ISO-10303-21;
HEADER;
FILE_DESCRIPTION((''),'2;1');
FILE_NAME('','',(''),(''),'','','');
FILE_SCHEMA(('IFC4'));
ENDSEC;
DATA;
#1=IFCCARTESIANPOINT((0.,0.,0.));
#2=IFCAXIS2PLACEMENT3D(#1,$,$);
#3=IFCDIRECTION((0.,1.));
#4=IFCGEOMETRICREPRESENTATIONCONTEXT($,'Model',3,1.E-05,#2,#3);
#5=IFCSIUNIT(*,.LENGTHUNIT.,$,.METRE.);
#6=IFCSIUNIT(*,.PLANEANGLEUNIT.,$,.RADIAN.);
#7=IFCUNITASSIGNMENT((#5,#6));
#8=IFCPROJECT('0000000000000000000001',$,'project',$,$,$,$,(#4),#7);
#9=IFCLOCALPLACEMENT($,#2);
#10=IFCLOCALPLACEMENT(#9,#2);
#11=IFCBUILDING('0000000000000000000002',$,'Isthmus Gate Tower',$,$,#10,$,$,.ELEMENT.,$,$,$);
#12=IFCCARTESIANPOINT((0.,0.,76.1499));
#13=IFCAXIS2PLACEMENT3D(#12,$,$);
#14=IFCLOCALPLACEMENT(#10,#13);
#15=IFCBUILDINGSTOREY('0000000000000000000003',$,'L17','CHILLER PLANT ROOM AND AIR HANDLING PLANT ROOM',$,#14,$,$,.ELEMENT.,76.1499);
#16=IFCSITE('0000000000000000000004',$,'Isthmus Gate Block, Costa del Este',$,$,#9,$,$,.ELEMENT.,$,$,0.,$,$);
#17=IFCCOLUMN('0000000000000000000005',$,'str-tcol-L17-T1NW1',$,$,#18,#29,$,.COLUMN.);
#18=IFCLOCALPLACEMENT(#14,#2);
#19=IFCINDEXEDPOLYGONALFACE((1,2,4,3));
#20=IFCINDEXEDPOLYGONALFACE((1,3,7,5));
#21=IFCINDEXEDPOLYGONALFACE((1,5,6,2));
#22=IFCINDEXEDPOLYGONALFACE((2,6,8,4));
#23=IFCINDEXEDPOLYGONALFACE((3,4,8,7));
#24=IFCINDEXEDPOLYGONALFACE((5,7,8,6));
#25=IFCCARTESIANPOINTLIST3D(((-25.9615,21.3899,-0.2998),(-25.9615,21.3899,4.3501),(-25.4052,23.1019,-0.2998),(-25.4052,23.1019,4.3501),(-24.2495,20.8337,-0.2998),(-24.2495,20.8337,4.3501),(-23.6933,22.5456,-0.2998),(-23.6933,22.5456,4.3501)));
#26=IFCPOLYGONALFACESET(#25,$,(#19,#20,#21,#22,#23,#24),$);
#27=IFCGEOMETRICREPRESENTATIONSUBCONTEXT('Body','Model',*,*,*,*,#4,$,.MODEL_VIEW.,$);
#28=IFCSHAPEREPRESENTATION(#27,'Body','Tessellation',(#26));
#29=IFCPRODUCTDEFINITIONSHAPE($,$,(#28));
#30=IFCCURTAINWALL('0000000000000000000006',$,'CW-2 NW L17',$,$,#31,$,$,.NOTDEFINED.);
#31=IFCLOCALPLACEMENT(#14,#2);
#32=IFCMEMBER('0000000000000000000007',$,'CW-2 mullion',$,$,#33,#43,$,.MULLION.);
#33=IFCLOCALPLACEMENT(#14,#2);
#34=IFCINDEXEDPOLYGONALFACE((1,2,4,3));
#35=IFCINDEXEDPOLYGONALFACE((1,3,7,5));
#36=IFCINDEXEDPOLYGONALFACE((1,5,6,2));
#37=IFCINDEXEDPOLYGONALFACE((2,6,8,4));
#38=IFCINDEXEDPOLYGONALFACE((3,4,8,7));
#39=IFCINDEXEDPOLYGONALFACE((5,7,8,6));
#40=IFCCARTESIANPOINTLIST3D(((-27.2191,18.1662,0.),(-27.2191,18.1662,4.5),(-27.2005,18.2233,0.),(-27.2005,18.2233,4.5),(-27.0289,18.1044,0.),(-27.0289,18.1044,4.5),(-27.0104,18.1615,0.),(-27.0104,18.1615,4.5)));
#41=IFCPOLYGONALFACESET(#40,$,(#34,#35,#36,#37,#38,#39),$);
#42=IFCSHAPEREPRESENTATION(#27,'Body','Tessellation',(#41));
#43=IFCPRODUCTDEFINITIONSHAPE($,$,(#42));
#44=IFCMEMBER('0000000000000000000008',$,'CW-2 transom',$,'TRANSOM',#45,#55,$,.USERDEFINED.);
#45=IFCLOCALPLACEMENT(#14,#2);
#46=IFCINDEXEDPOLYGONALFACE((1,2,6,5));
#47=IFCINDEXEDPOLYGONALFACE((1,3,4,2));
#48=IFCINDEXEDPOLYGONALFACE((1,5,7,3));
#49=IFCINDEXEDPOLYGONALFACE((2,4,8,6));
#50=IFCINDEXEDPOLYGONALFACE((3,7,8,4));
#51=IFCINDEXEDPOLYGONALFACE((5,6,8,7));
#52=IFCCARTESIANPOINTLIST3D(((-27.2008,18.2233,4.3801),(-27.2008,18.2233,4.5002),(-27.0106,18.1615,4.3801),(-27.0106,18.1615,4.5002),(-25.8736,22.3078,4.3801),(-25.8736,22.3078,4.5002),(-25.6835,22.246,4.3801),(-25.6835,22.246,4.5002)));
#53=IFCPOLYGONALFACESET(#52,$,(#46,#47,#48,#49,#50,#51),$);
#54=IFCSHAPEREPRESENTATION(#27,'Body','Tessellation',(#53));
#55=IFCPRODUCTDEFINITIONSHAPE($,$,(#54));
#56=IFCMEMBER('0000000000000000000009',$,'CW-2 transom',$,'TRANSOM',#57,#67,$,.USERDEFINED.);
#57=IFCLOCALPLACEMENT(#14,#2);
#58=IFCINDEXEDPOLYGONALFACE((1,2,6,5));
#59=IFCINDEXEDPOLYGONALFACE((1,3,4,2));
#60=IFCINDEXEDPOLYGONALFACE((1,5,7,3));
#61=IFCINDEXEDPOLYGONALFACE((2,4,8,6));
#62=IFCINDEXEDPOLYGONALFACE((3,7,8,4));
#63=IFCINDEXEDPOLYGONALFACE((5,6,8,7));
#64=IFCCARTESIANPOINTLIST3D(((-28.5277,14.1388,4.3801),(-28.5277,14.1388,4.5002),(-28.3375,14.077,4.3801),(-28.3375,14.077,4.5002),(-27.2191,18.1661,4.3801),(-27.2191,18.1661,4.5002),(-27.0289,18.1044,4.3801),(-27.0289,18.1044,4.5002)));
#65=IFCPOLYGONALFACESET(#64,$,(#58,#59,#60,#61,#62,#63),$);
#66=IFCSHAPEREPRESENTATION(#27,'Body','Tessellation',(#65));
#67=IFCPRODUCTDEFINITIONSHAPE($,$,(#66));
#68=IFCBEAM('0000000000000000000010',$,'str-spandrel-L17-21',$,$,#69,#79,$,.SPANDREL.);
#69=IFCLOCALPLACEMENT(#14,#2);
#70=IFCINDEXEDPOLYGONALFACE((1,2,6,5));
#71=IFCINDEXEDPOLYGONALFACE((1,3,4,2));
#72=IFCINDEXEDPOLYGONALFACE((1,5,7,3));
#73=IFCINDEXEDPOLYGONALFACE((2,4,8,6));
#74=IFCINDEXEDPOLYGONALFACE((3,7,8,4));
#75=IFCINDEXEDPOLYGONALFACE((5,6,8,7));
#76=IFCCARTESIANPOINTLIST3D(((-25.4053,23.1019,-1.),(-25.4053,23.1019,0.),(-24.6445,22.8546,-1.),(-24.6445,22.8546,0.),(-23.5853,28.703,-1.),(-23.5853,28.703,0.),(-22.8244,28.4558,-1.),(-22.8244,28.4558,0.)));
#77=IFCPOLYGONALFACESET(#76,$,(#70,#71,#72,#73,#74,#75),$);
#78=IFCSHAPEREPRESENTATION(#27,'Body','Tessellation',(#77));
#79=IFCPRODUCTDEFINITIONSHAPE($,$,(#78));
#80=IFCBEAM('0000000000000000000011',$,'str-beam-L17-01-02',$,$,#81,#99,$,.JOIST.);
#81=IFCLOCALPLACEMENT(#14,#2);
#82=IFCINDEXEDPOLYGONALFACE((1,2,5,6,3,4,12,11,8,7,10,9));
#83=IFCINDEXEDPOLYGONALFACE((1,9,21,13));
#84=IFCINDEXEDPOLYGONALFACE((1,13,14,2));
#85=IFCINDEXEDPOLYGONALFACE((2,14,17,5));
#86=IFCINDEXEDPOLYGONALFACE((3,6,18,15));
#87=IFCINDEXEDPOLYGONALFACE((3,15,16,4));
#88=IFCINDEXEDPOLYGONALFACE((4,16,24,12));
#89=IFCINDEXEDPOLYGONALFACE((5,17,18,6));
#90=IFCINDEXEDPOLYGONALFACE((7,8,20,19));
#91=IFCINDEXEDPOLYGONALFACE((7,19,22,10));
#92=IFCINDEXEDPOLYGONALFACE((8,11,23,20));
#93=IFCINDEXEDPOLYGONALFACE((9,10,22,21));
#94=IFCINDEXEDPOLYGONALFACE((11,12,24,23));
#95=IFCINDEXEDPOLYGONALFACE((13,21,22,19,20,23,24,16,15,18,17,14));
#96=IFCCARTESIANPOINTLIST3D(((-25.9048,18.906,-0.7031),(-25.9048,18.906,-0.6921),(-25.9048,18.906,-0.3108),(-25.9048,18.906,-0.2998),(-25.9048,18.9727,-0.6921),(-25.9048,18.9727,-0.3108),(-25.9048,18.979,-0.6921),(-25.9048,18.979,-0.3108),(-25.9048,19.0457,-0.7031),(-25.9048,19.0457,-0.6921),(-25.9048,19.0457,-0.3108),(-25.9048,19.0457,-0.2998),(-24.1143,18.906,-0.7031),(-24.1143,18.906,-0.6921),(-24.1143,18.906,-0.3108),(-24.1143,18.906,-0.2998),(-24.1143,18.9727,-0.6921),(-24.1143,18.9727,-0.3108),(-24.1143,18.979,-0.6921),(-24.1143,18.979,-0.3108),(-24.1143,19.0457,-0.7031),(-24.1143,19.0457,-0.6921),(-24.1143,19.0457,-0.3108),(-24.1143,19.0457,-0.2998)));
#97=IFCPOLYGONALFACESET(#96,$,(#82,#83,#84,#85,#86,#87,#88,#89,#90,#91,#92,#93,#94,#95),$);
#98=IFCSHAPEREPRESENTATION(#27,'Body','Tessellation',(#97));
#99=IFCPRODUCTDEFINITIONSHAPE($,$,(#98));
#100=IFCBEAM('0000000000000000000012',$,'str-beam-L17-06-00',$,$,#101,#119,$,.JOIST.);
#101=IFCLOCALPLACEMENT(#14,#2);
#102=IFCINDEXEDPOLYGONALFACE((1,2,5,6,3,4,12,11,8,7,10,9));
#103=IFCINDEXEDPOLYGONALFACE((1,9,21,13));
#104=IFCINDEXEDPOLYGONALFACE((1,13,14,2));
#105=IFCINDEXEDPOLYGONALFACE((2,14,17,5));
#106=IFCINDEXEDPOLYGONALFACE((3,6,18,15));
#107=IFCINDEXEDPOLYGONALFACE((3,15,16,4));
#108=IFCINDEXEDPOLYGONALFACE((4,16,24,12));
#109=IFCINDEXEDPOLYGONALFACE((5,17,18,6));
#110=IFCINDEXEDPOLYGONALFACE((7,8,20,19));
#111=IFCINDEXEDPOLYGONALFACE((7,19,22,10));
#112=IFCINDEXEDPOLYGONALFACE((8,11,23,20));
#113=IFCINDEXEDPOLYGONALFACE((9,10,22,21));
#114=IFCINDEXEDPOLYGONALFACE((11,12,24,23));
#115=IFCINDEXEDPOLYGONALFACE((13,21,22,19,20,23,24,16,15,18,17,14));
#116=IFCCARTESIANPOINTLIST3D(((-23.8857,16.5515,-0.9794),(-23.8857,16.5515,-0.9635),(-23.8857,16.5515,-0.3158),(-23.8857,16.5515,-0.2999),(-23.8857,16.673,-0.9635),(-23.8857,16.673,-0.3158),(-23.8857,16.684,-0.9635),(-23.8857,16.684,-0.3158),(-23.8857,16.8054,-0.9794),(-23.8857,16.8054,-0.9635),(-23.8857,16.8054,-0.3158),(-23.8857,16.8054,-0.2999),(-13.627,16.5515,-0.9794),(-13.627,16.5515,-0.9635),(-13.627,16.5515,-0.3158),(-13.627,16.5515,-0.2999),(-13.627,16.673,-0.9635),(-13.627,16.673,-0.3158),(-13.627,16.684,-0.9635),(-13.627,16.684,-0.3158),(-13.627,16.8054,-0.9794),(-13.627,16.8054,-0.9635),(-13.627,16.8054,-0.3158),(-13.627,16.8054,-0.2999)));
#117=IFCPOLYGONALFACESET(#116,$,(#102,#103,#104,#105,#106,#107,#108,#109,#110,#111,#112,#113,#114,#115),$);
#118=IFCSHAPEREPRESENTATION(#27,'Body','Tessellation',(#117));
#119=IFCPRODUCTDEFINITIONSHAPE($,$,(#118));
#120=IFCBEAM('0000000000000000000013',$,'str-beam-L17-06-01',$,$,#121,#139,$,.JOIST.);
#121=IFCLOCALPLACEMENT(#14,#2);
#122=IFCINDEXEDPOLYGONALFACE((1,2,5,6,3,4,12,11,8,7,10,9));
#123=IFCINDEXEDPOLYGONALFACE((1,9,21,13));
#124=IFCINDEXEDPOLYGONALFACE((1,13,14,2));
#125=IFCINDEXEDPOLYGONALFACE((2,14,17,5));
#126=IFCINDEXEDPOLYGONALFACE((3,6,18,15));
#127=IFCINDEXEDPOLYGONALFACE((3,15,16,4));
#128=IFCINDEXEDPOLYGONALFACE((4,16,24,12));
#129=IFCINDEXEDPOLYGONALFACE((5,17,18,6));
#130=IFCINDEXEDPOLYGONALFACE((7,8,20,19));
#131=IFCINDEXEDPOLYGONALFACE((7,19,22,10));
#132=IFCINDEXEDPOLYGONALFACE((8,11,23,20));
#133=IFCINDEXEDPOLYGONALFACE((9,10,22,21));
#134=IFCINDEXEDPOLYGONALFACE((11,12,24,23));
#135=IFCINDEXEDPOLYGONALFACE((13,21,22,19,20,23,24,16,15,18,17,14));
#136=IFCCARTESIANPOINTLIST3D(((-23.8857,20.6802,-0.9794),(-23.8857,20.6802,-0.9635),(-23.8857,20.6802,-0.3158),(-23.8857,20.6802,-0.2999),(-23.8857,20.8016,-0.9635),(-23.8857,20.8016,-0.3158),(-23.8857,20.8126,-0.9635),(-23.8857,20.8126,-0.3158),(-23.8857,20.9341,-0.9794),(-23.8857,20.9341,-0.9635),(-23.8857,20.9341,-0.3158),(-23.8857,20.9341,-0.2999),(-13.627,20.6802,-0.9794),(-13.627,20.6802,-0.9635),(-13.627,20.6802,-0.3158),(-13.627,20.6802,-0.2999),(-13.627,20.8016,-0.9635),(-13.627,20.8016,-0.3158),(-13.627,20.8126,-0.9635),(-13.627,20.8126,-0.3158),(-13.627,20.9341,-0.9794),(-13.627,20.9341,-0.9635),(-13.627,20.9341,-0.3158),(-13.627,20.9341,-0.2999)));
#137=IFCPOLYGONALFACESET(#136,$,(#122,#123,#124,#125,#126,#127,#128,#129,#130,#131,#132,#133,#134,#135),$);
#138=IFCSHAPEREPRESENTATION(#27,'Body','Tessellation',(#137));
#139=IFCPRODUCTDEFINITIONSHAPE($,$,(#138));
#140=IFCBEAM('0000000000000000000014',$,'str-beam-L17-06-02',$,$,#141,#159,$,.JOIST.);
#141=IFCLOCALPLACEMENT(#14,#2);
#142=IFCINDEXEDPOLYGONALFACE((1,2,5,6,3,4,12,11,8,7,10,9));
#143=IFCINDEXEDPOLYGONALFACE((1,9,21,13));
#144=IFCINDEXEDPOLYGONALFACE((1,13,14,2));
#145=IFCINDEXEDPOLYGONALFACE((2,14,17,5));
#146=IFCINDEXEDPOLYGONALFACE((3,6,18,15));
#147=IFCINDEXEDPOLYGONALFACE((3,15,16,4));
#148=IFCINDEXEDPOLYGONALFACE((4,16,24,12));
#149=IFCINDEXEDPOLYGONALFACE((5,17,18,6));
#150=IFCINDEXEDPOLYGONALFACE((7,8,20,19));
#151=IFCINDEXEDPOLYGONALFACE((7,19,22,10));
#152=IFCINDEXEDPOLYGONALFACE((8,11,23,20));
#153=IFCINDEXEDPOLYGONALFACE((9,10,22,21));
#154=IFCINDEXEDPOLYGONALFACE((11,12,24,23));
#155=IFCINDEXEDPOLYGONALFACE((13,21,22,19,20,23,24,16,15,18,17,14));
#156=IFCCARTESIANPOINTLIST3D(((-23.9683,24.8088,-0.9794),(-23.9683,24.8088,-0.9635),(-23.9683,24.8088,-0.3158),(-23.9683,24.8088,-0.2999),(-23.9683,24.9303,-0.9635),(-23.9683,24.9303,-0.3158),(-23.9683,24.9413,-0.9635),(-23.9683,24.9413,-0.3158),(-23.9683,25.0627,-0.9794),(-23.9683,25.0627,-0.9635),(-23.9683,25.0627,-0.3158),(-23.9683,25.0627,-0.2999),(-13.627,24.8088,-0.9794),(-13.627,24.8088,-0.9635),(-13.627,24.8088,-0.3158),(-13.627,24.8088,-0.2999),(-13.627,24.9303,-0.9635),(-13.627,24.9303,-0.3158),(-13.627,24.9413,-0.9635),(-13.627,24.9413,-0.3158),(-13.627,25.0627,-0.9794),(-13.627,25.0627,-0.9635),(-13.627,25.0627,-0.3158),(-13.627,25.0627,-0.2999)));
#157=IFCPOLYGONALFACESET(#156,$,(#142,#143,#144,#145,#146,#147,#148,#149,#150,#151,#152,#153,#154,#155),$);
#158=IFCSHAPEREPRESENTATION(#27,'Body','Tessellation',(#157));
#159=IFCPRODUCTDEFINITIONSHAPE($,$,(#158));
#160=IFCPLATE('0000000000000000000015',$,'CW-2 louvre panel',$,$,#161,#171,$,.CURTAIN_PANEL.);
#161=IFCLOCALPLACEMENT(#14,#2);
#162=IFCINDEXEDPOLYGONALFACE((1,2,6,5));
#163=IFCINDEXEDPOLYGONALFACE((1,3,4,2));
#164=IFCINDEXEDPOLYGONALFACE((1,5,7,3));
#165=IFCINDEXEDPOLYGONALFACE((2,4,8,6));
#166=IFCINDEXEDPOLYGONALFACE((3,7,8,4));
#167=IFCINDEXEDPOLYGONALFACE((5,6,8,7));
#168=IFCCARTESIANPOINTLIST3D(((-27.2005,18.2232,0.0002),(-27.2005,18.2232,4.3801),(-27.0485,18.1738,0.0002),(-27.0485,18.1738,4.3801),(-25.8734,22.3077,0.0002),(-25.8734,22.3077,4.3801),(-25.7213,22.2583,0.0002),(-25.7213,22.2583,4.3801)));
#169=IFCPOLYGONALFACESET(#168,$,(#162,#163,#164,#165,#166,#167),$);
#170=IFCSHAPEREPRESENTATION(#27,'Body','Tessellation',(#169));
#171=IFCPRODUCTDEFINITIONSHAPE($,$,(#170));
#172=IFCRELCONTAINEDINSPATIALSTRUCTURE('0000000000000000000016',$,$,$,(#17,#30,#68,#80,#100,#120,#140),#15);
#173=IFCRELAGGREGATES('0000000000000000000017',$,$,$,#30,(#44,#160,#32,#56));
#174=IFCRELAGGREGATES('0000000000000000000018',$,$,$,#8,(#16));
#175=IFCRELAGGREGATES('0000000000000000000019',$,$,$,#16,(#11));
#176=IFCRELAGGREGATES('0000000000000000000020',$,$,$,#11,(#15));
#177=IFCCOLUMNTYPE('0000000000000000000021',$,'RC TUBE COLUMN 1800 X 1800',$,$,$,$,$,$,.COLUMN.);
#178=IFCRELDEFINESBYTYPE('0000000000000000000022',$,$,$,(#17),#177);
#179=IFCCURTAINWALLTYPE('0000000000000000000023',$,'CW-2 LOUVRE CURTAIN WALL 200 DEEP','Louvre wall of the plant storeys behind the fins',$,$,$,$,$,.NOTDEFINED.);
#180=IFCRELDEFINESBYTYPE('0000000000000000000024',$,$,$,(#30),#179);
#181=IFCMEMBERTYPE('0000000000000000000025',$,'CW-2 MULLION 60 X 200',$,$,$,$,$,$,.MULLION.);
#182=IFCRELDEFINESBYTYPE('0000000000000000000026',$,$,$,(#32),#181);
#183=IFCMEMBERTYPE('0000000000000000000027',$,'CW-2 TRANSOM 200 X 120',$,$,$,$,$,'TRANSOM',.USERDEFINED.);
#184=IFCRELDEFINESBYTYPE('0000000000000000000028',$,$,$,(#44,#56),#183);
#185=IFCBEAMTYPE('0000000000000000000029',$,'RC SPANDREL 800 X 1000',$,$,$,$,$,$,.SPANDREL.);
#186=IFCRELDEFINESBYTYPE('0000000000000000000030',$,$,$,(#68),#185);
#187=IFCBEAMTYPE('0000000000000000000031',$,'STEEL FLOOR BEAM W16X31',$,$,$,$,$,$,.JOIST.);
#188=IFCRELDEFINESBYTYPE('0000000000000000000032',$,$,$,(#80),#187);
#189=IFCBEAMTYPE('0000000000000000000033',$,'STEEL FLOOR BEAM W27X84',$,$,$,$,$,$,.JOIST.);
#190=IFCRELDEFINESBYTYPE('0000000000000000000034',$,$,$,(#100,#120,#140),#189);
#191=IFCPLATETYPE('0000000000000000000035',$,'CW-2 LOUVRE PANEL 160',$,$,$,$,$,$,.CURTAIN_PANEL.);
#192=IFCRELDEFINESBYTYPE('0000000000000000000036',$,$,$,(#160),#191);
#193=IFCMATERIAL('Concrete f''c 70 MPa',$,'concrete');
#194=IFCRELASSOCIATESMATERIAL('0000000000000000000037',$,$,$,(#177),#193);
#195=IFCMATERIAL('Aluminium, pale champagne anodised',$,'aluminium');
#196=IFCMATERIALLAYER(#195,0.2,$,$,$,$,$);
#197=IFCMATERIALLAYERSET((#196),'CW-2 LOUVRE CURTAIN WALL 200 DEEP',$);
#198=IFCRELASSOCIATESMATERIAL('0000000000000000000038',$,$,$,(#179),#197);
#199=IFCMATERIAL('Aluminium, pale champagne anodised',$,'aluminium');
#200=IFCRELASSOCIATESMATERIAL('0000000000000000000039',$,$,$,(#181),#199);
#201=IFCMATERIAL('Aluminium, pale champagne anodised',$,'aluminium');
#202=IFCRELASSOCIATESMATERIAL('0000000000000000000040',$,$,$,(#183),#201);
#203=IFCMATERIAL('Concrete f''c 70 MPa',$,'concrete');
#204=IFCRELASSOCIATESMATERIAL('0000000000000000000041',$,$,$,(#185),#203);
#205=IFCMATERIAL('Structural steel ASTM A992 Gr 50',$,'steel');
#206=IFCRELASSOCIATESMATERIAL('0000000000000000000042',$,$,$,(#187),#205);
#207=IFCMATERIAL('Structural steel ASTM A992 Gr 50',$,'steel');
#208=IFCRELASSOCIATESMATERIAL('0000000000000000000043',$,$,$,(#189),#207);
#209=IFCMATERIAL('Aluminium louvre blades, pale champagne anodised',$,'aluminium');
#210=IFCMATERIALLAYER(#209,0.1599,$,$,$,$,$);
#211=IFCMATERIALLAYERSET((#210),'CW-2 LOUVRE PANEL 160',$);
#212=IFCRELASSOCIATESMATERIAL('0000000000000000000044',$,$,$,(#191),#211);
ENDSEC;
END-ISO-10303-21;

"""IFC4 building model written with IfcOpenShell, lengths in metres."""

from ifc_helpers import new_model, si_unit, direction, frame, origin, origin_2d, place, context, subcontext, project, spatial, rectangle, i_section, extrude, material, layer, layer_set, material_profile, profile_set, type_object, element, aggregate, save


model = new_model("IFC4")

# Units and contexts
model_context = context("Model", 3, precision=1e-05, world=origin(), true_north=direction((0.0, 1.0)))
body_context = subcontext(model_context, "Body", "Model", "MODEL_VIEW")
ifc_project = project(units=[si_unit("LENGTHUNIT", "METRE"), si_unit("PLANEANGLEUNIT", "RADIAN")], contexts=[model_context])

# Site, building, storey
site_placement = place(None, origin())
site = spatial("IfcSite", under=ifc_project, at=site_placement, Name="Isthmus Gate Block, Costa del Este", CompositionType="ELEMENT", RefElevation=0.0)
building_placement = place(site_placement, origin())
building = spatial("IfcBuilding", under=site, at=building_placement, Name="Isthmus Gate Tower", CompositionType="ELEMENT")
storey_placement = place(building_placement, frame((0.0, 0.0, 76.1499)))
storey = spatial("IfcBuildingStorey", under=building, at=storey_placement, Name="L17", Description="CHILLER PLANT ROOM AND AIR HANDLING PLANT ROOM", CompositionType="ELEMENT", Elevation=76.1499)

# Column
ifc_material_1 = material(Name="Concrete f'c 70 MPa", Category="concrete")
ifc_material_profile_1 = material_profile(ifc_material_1, rectangle(XDim=1.8, YDim=1.8, at=origin_2d()), Name="RC 1800X1800")
ifc_profile_set_1 = profile_set([ifc_material_profile_1], Name="Concrete f'c 70 MPa")
column_type = type_object("IfcColumnType", Name="RC TUBE COLUMN 1800 X 1800", PredefinedType="COLUMN", material=ifc_profile_set_1)
column_placement = place(storey_placement, frame((-24.8274, 21.9678, -0.2998), z_axis=(0.0, 0.0, 1.0), x_axis=(-0.309017, -0.951057, 0.0)))
element("IfcColumn", 1, at=column_placement, inside=storey, type_object=column_type, Name="str-tcol-L17-T1NW1", PredefinedType="COLUMN", context=body_context, shape_type="SweptSolid", body=[
    extrude(rectangle(XDim=1.8, YDim=1.8, at=origin_2d()), origin(), (0.0, 0.0, 1.0), 4.6499),
])

# Curtain wall, members
ifc_material_2 = material(Name="Aluminium, pale champagne anodised", Category="aluminium")
ifc_layer_1 = layer(ifc_material_2, 0.2)
ifc_layer_set_1 = layer_set([ifc_layer_1], Name="CW-2 LOUVRE CURTAIN WALL 200 DEEP")
curtain_wall_type = type_object("IfcCurtainWallType", Name="CW-2 LOUVRE CURTAIN WALL 200 DEEP", Description="Louvre wall of the plant storeys behind the fins", PredefinedType="NOTDEFINED", material=ifc_layer_set_1)
curtain_wall_placement = place(storey_placement, origin())
curtain_wall = element("IfcCurtainWall", 2, at=curtain_wall_placement, inside=storey, type_object=curtain_wall_type, Name="CW-2 NW L17", PredefinedType="NOTDEFINED")
ifc_material_3 = material(Name="Aluminium, pale champagne anodised", Category="aluminium")
ifc_material_profile_2 = material_profile(ifc_material_3, rectangle(XDim=0.0601, YDim=0.2, at=origin_2d()), Name="60x200")
ifc_profile_set_2 = profile_set([ifc_material_profile_2], Name="Aluminium, pale champagne anodised")
member_type_1 = type_object("IfcMemberType", Name="CW-2 MULLION 60 X 200", PredefinedType="MULLION", material=ifc_profile_set_2)
member_1_placement = place(storey_placement, frame((-27.1147, 18.1638, 0.0), z_axis=(0.0, 0.0, 1.0), x_axis=(-0.309017, -0.951057, 0.0)))
member_1 = element("IfcMember", 3, at=member_1_placement, type_object=member_type_1, Name="CW-2 mullion", PredefinedType="MULLION", context=body_context, shape_type="SweptSolid", body=[
    extrude(rectangle(XDim=0.0601, YDim=0.2, at=origin_2d()), origin(), (0.0, 0.0, 1.0), 4.5),
])
ifc_material_4 = material(Name="Aluminium, pale champagne anodised", Category="aluminium")
ifc_material_profile_3 = material_profile(ifc_material_4, rectangle(XDim=0.2, YDim=0.1201, at=origin_2d()), Name="200x120")
ifc_profile_set_3 = profile_set([ifc_material_profile_3], Name="Aluminium, pale champagne anodised")
member_type_2 = type_object("IfcMemberType", Name="CW-2 TRANSOM 200 X 120", ElementType="TRANSOM", PredefinedType="USERDEFINED", material=ifc_profile_set_3)
member_2_placement = place(storey_placement, frame((-25.7786, 22.2769, 4.4402), z_axis=(-0.309022, -0.951055, 0.0), x_axis=(0.951055, -0.309022, 0.0)))
member_2 = element("IfcMember", 4, at=member_2_placement, type_object=member_type_2, Name="CW-2 transom", ObjectType="TRANSOM", PredefinedType="USERDEFINED", context=body_context, shape_type="SweptSolid", body=[
    extrude(rectangle(XDim=0.2, YDim=0.1201, at=origin_2d()), origin(), (0.0, 0.0, 1.0), 4.2947),
])
member_3_placement = place(storey_placement, frame((-27.124, 18.1353, 4.4402), z_axis=(-0.309023, -0.951054, 0.0), x_axis=(0.951054, -0.309023, 0.0)))
member_3 = element("IfcMember", 5, at=member_3_placement, type_object=member_type_2, Name="CW-2 transom", ObjectType="TRANSOM", PredefinedType="USERDEFINED", context=body_context, shape_type="SweptSolid", body=[
    extrude(rectangle(XDim=0.2, YDim=0.1201, at=origin_2d()), origin(), (0.0, 0.0, 1.0), 4.2346),
])

# Beams
ifc_material_5 = material(Name="Concrete f'c 70 MPa", Category="concrete")
ifc_material_profile_4 = material_profile(ifc_material_5, rectangle(XDim=0.8, YDim=1.0, at=origin_2d()), Name="RC 800X1000")
ifc_profile_set_4 = profile_set([ifc_material_profile_4], Name="Concrete f'c 70 MPa")
beam_type_1 = type_object("IfcBeamType", Name="RC SPANDREL 800 X 1000", PredefinedType="SPANDREL", material=ifc_profile_set_4)
beam_1_placement = place(storey_placement, frame((-25.0249, 22.9783, -0.5), z_axis=(0.309043, 0.951048, 0.0), x_axis=(-0.951048, 0.309043, 0.0)))
element("IfcBeam", 6, at=beam_1_placement, inside=storey, type_object=beam_type_1, Name="str-spandrel-L17-21", PredefinedType="SPANDREL", context=body_context, shape_type="SweptSolid", body=[
    extrude(rectangle(XDim=0.8, YDim=1.0, at=origin_2d()), origin(), (0.0, 0.0, 1.0), 5.8894),
])
ifc_material_6 = material(Name="Structural steel ASTM A992 Gr 50", Category="steel")
ifc_material_profile_5 = material_profile(ifc_material_6, i_section(OverallWidth=0.1396, OverallDepth=0.4033, WebThickness=0.0063, FlangeThickness=0.011, at=origin_2d()), Name="W16X31")
ifc_profile_set_5 = profile_set([ifc_material_profile_5], Name="Structural steel ASTM A992 Gr 50")
beam_type_2 = type_object("IfcBeamType", Name="STEEL FLOOR BEAM W16X31", PredefinedType="JOIST", material=ifc_profile_set_5)
beam_2_placement = place(storey_placement, frame((-25.9048, 18.9758, -0.5015), z_axis=(1.0, 0.0, 0.0), x_axis=(0.0, 1.0, 0.0)))
element("IfcBeam", 7, at=beam_2_placement, inside=storey, type_object=beam_type_2, Name="str-beam-L17-01-02", PredefinedType="JOIST", context=body_context, shape_type="SweptSolid", body=[
    extrude(i_section(OverallWidth=0.1396, OverallDepth=0.4033, WebThickness=0.0063, FlangeThickness=0.011, at=origin_2d()), origin(), (0.0, 0.0, 1.0), 1.7905),
])
ifc_material_7 = material(Name="Structural steel ASTM A992 Gr 50", Category="steel")
ifc_material_profile_6 = material_profile(ifc_material_7, i_section(OverallWidth=0.2539, OverallDepth=0.6794, WebThickness=0.011, FlangeThickness=0.0159, at=origin_2d()), Name="W27X84")
ifc_profile_set_6 = profile_set([ifc_material_profile_6], Name="Structural steel ASTM A992 Gr 50")
beam_type_3 = type_object("IfcBeamType", Name="STEEL FLOOR BEAM W27X84", PredefinedType="JOIST", material=ifc_profile_set_6)
for number, where, z_axis, x_axis, name in (
    (8, (-23.8857, 16.6785, -0.6396), (1.0, 0.0, 0.0), (0.0, 1.0, 0.0), "str-beam-L17-06-00"),
    (9, (-23.8857, 20.8071, -0.6396), (1.0, 0.0, 0.0), (0.0, 1.0, 0.0), "str-beam-L17-06-01"),
):
    element("IfcBeam", number, at=place(storey_placement, frame(where, z_axis=z_axis, x_axis=x_axis)), inside=storey, type_object=beam_type_3, Name=name, PredefinedType="JOIST", context=body_context, shape_type="SweptSolid", body=[
        extrude(i_section(OverallWidth=0.2539, OverallDepth=0.6794, WebThickness=0.011, FlangeThickness=0.0159, at=origin_2d()), origin(), (0.0, 0.0, 1.0), 10.2588),
    ])
beam_3_placement = place(storey_placement, frame((-23.9683, 24.9358, -0.6396), z_axis=(1.0, 0.0, 0.0), x_axis=(0.0, 1.0, 0.0)))
element("IfcBeam", 10, at=beam_3_placement, inside=storey, type_object=beam_type_3, Name="str-beam-L17-06-02", PredefinedType="JOIST", context=body_context, shape_type="SweptSolid", body=[
    extrude(i_section(OverallWidth=0.2539, OverallDepth=0.6794, WebThickness=0.011, FlangeThickness=0.0159, at=origin_2d()), origin(), (0.0, 0.0, 1.0), 10.3413),
])

# Plate
ifc_material_8 = material(Name="Aluminium louvre blades, pale champagne anodised", Category="aluminium")
ifc_layer_2 = layer(ifc_material_8, 0.1599)
ifc_layer_set_2 = layer_set([ifc_layer_2], Name="CW-2 LOUVRE PANEL 160")
plate_type = type_object("IfcPlateType", Name="CW-2 LOUVRE PANEL 160", PredefinedType="CURTAIN_PANEL", material=ifc_layer_set_2)
plate_placement = place(storey_placement, frame((-26.4609, 20.2407, 0.0002), z_axis=(0.0, 0.0, 1.0), x_axis=(-0.309017, -0.951057, 0.0)))
plate = element("IfcPlate", 11, at=plate_placement, type_object=plate_type, Name="CW-2 louvre panel", PredefinedType="CURTAIN_PANEL", context=body_context, shape_type="SweptSolid", body=[
    extrude(rectangle(XDim=4.2947, YDim=0.1599, at=origin_2d()), origin(), (0.0, 0.0, 1.0), 4.3799),
])
aggregate(curtain_wall, [member_2, plate, member_1, member_3])

save(model, "model.ifc")
